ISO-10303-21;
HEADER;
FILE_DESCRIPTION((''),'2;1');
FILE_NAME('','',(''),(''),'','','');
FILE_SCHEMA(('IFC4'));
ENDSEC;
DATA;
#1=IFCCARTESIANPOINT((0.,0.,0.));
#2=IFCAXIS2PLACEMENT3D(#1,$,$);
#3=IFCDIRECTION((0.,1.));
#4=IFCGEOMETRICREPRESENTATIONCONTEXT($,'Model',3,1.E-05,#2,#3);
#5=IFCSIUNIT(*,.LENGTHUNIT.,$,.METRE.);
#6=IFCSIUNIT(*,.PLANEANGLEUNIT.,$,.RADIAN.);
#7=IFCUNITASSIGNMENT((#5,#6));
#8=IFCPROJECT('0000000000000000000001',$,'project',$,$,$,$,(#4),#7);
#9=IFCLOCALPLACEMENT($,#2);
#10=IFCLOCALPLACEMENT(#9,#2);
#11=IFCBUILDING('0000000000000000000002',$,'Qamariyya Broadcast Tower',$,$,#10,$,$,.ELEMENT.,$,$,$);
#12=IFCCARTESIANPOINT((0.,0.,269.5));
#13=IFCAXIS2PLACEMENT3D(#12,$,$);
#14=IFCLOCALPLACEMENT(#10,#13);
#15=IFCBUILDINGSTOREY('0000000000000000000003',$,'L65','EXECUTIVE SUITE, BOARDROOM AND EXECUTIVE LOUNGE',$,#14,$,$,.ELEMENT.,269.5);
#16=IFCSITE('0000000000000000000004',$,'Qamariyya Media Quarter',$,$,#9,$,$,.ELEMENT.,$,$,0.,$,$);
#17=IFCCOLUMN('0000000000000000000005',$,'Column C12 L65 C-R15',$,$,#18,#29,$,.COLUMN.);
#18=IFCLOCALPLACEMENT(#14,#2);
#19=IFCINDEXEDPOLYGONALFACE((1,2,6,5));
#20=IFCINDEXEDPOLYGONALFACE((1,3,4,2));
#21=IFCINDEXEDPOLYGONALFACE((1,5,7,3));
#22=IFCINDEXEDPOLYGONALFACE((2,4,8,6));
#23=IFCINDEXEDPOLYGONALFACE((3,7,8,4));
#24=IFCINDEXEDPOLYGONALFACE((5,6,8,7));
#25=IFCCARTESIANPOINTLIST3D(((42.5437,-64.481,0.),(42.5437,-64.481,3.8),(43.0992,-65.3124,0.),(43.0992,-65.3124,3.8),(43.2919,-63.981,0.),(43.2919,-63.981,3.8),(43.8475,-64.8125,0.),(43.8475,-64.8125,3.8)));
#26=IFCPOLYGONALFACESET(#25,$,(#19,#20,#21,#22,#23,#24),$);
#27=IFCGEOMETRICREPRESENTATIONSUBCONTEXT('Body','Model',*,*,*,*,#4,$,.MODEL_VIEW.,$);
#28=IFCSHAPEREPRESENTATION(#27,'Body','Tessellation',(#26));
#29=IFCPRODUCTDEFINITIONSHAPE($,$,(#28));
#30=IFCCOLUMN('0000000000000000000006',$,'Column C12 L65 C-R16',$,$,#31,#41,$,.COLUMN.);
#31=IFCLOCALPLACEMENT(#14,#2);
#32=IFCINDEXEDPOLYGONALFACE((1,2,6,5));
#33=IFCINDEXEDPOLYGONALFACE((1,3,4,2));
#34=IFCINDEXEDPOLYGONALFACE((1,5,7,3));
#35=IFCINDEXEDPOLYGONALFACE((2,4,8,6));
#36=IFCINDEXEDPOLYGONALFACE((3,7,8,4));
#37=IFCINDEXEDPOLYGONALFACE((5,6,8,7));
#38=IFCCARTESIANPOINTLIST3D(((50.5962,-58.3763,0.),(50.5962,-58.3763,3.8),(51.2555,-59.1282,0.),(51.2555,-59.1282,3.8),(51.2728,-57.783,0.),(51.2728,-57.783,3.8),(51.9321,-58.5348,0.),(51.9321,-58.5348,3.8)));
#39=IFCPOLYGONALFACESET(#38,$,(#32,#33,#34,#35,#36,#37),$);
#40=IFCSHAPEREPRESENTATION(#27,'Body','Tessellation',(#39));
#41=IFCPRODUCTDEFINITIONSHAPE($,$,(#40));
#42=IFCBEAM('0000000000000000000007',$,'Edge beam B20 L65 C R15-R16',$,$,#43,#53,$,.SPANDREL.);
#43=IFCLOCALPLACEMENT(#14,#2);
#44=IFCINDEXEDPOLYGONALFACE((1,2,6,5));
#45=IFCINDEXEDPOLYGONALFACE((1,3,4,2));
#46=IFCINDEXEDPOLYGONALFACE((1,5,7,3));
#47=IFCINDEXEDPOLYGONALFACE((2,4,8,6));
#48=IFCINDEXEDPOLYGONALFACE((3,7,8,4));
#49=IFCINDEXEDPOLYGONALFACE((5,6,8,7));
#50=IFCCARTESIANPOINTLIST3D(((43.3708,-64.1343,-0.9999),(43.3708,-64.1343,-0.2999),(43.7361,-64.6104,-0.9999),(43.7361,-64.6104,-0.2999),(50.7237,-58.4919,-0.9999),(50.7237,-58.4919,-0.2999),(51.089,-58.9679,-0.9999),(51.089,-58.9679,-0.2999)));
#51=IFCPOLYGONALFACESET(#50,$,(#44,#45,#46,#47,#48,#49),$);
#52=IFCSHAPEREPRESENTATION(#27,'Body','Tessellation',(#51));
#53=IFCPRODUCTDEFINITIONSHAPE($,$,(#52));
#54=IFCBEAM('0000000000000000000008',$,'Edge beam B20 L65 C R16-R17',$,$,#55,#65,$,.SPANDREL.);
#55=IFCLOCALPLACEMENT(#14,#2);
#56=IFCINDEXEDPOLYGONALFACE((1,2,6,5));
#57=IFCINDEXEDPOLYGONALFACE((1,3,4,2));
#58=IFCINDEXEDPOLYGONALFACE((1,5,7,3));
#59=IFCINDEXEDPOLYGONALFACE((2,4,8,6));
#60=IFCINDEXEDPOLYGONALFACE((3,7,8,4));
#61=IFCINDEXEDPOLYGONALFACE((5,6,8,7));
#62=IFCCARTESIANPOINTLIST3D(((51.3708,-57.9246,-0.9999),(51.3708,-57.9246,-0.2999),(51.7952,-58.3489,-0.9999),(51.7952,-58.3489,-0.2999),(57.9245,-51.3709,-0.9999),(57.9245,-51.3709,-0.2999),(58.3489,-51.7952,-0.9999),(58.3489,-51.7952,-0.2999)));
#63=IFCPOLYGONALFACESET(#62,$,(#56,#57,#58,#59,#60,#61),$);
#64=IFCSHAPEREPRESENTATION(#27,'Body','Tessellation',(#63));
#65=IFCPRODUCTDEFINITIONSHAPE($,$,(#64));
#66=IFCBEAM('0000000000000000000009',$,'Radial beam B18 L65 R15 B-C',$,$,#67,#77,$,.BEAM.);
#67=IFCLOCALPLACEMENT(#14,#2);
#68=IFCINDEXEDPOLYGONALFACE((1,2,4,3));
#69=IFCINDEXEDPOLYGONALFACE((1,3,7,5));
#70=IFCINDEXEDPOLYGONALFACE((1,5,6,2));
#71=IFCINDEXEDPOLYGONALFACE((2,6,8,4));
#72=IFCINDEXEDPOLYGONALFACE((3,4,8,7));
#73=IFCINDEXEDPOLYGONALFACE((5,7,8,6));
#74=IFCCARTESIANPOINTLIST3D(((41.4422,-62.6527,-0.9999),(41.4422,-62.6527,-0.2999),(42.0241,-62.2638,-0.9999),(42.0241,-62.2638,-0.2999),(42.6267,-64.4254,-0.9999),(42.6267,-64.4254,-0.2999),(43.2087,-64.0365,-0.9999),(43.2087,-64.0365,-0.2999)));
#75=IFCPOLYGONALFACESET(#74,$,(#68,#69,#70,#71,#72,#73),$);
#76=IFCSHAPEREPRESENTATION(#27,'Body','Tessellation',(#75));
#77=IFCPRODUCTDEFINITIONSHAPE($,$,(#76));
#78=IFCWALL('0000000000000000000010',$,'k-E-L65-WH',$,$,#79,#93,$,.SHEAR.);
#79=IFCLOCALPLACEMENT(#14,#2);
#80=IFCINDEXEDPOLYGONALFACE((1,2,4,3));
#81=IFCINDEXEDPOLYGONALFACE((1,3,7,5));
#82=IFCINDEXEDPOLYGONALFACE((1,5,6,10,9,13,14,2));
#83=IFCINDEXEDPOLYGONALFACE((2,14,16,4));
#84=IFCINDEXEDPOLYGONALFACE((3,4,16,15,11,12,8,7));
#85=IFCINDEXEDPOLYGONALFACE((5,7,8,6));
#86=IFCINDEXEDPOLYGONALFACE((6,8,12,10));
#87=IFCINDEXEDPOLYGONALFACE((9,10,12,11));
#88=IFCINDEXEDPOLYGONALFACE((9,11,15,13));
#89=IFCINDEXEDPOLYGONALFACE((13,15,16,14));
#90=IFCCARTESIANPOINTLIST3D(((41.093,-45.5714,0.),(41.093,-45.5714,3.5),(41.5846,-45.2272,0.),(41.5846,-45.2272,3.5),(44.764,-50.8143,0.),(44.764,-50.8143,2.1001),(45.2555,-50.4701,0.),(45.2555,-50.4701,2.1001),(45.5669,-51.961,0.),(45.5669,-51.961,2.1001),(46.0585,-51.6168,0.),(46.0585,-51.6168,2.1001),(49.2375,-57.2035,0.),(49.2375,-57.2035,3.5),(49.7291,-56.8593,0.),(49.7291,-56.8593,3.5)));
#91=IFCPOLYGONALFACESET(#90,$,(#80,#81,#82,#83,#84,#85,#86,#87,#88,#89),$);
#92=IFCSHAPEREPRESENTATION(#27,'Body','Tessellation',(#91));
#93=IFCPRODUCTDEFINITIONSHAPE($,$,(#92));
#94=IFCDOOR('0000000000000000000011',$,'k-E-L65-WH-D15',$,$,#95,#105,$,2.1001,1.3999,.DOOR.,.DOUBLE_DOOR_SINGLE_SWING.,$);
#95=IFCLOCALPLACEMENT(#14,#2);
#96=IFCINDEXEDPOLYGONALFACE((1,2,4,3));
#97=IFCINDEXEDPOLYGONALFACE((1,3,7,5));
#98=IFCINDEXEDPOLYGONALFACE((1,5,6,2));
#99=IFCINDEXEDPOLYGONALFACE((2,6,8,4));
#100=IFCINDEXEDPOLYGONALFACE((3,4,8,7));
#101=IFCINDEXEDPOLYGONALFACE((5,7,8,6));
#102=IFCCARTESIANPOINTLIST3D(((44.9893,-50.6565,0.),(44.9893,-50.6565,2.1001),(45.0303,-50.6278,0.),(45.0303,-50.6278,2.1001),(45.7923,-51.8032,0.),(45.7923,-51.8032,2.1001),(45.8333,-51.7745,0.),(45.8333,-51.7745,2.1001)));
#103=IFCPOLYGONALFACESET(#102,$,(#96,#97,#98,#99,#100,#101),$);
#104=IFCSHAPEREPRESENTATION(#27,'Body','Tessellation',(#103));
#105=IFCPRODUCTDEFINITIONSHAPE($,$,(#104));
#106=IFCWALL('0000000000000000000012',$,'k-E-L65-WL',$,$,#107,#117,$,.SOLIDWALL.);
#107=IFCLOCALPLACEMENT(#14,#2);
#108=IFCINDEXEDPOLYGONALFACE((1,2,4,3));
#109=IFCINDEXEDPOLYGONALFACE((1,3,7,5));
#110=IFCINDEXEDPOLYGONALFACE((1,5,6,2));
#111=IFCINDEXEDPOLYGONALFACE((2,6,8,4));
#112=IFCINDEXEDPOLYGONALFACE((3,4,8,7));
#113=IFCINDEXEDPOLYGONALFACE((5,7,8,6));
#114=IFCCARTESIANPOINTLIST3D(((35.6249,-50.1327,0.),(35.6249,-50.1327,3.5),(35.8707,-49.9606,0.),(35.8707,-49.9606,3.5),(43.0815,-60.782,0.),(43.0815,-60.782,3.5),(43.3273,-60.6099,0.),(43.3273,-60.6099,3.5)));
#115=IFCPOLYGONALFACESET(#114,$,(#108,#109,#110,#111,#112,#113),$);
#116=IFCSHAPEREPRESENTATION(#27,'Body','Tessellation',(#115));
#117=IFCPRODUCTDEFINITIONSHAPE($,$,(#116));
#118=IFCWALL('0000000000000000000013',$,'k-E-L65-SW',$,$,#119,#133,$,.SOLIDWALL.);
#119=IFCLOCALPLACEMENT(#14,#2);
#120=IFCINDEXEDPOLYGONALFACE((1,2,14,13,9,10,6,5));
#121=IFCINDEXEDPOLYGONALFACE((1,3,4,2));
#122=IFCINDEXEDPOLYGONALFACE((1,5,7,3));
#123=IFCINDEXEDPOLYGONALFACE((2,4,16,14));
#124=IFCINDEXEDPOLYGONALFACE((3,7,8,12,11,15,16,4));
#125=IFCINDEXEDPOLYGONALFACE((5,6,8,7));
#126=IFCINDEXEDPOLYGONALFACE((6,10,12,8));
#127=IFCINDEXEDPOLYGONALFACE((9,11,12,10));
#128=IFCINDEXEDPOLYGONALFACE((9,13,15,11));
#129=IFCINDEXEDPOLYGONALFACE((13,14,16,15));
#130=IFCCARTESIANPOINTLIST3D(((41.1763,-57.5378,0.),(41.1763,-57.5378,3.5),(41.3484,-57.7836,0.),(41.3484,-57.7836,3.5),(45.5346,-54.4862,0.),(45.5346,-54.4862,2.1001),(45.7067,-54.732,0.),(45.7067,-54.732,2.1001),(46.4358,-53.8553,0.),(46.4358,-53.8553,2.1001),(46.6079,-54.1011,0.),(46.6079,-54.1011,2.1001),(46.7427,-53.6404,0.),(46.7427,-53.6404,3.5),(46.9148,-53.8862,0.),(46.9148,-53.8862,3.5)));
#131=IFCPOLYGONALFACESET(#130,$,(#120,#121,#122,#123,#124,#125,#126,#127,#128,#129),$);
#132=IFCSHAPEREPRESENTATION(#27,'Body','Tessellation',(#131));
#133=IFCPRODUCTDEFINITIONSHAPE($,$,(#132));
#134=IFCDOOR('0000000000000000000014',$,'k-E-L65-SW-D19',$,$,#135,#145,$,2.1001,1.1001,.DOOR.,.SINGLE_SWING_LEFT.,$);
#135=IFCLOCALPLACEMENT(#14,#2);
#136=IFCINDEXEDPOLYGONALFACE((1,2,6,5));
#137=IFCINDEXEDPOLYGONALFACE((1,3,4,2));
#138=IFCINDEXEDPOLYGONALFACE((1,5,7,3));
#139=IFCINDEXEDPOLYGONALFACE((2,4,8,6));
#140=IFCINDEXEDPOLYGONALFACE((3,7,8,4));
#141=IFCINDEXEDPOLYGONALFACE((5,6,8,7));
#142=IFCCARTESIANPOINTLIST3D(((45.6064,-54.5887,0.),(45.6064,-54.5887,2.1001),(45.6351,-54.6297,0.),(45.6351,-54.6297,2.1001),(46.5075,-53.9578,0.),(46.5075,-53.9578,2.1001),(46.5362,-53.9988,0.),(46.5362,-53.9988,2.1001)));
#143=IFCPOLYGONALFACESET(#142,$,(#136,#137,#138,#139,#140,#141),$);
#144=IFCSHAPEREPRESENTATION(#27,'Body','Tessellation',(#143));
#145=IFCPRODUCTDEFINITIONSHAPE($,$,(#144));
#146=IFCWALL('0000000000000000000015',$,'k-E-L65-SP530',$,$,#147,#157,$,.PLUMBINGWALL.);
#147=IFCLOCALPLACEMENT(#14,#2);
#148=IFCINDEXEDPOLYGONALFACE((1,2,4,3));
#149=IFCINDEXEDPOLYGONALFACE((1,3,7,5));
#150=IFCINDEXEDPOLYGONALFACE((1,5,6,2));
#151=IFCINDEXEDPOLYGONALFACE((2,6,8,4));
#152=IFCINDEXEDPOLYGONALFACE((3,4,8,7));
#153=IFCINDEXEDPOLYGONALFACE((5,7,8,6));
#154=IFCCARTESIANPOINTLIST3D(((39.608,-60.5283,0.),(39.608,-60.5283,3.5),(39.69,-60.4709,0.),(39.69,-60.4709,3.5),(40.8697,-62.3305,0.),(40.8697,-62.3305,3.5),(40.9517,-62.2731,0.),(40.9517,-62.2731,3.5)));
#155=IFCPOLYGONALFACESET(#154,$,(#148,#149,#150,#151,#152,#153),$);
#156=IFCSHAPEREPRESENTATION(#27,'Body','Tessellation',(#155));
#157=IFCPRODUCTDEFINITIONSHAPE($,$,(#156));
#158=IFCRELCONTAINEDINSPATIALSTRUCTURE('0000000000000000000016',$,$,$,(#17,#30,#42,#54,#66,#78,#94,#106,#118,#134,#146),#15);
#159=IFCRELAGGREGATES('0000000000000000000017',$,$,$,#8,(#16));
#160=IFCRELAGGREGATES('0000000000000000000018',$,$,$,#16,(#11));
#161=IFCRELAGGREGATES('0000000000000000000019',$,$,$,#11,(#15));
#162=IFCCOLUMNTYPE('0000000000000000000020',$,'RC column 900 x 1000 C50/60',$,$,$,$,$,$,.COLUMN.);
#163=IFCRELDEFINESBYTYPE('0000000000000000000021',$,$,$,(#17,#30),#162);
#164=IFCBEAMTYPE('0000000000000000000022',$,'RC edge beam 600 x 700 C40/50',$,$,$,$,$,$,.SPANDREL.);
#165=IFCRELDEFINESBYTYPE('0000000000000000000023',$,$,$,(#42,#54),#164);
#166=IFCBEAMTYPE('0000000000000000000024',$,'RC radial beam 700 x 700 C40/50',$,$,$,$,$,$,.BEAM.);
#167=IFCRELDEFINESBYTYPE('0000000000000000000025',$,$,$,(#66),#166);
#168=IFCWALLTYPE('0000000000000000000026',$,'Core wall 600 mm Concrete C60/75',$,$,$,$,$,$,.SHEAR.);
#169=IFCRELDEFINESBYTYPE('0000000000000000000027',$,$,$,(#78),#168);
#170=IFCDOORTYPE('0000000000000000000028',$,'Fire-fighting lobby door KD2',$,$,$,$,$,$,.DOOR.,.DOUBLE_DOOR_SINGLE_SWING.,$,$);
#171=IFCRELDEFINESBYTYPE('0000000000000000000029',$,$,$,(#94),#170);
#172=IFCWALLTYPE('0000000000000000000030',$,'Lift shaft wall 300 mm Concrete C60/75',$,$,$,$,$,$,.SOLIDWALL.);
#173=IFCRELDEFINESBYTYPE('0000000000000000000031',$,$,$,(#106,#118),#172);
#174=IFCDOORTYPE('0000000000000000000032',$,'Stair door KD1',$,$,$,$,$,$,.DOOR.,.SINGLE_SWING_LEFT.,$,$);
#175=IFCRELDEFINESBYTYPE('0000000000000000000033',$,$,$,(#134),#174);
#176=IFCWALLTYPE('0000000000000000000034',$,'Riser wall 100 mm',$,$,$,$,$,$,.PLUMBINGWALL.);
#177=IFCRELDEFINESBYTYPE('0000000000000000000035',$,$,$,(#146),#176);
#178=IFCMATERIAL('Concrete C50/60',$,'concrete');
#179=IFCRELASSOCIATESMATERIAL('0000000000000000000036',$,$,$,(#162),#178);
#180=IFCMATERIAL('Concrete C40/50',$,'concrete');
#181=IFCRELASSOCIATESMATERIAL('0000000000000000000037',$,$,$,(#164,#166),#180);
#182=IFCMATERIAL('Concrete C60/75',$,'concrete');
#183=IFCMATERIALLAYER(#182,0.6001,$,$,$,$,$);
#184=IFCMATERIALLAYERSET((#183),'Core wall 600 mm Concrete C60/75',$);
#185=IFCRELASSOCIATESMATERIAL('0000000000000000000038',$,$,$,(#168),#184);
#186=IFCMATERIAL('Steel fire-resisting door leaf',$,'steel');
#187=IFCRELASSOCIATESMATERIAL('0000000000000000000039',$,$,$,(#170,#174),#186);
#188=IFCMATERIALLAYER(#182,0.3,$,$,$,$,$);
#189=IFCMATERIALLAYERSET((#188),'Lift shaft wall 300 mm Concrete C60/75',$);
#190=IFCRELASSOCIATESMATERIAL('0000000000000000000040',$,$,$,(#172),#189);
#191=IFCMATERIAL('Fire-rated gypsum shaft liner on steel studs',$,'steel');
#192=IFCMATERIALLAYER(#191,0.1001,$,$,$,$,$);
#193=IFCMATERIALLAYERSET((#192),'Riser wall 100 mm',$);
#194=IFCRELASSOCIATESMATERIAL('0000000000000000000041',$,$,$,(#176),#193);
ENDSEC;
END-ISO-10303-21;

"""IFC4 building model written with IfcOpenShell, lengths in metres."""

from ifc_helpers import new_model, si_unit, direction, frame, frame_2d, origin, origin_2d, place, context, subcontext, project, spatial, rectangle, extrude, material, layer, layer_set, material_profile, profile_set, type_object, element, fill, save


model = new_model("IFC4")

# Units and contexts
model_context = context("Model", 3, precision=1e-05, world=origin(), true_north=direction((0.0, 1.0)))
body_context = subcontext(model_context, "Body", "Model", "MODEL_VIEW")
ifc_project = project(units=[si_unit("LENGTHUNIT", "METRE"), si_unit("PLANEANGLEUNIT", "RADIAN")], contexts=[model_context])

# Site, building, storey
site_placement = place(None, origin())
site = spatial("IfcSite", under=ifc_project, at=site_placement, Name="Qamariyya Media Quarter", CompositionType="ELEMENT", RefElevation=0.0)
building_placement = place(site_placement, origin())
building = spatial("IfcBuilding", under=site, at=building_placement, Name="Qamariyya Broadcast Tower", CompositionType="ELEMENT")
storey_placement = place(building_placement, frame((0.0, 0.0, 269.5)))
storey = spatial("IfcBuildingStorey", under=building, at=storey_placement, Name="L65", Description="EXECUTIVE SUITE, BOARDROOM AND EXECUTIVE LOUNGE", CompositionType="ELEMENT", Elevation=269.5)

# Columns
ifc_material_1 = material(Name="Concrete C50/60", Category="concrete")
ifc_material_profile_1 = material_profile(ifc_material_1, rectangle(XDim=0.8999, YDim=1.0, at=origin_2d()))
ifc_profile_set_1 = profile_set([ifc_material_profile_1], Name="Concrete C50/60")
column_type = type_object("IfcColumnType", Name="RC column 900 x 1000 C50/60", PredefinedType="COLUMN", material=ifc_profile_set_1)
for number, where, z_axis, x_axis, name in (
    (1, (43.1956, -64.6467, 0.0), (0.0, 0.0, 1.0), (0.83147, 0.55557, 0.0), "Column C12 L65 C-R15"),
    (2, (51.2642, -58.4556, 0.0), (0.0, 0.0, 1.0), (0.75184, 0.659346, 0.0), "Column C12 L65 C-R16"),
):
    element("IfcColumn", number, at=place(storey_placement, frame(where, z_axis=z_axis, x_axis=x_axis)), inside=storey, type_object=column_type, Name=name, PredefinedType="COLUMN", context=body_context, shape_type="SweptSolid", body=[
        extrude(rectangle(XDim=0.8999, YDim=1.0, at=origin_2d()), origin(), (0.0, 0.0, 1.0), 3.8),
    ])

# Beams
ifc_material_2 = material(Name="Concrete C40/50", Category="concrete")
ifc_material_profile_2 = material_profile(ifc_material_2, rectangle(XDim=0.6001, YDim=0.7, at=origin_2d()))
ifc_profile_set_2 = profile_set([ifc_material_profile_2], Name="Concrete C40/50")
beam_type_1 = type_object("IfcBeamType", Name="RC edge beam 600 x 700 C40/50", PredefinedType="SPANDREL", material=ifc_profile_set_2)
for number, where, z_axis, x_axis, name in (
    (3, (43.5535, -64.3723, -0.6499), (0.793335, 0.608785, 0.0), (-0.608785, 0.793335, 0.0), "Edge beam B20 L65 C R15-R16"),
    (4, (51.583, -58.1367, -0.6499), (0.707107, 0.707107, 0.0), (-0.707107, 0.707107, 0.0), "Edge beam B20 L65 C R16-R17"),
):
    element("IfcBeam", number, at=place(storey_placement, frame(where, z_axis=z_axis, x_axis=x_axis)), inside=storey, type_object=beam_type_1, Name=name, PredefinedType="SPANDREL", context=body_context, shape_type="SweptSolid", body=[
        extrude(rectangle(XDim=0.6001, YDim=0.7, at=origin_2d()), origin(), (0.0, 0.0, 1.0), 9.2683),
    ])
ifc_material_profile_3 = material_profile(ifc_material_2, rectangle(XDim=0.7, YDim=0.7, at=origin_2d()))
ifc_profile_set_3 = profile_set([ifc_material_profile_3], Name="Concrete C40/50")
beam_type_2 = type_object("IfcBeamType", Name="RC radial beam 700 x 700 C40/50", PredefinedType="BEAM", material=ifc_profile_set_3)
beam_placement = place(storey_placement, frame((41.7332, -62.4583, -0.6499), z_axis=(0.555598, -0.831451, 0.0), x_axis=(0.831451, 0.555598, 0.0)))
element("IfcBeam", 5, at=beam_placement, inside=storey, type_object=beam_type_2, Name="Radial beam B18 L65 R15 B-C", PredefinedType="BEAM", context=body_context, shape_type="SweptSolid", body=[
    extrude(rectangle(XDim=0.7, YDim=0.7, at=origin_2d()), origin(), (0.0, 0.0, 1.0), 2.1321),
])

# Wall, opening, door
ifc_material_3 = material(Name="Concrete C60/75", Category="concrete")
ifc_layer_1 = layer(ifc_material_3, 0.6001)
ifc_layer_set_1 = layer_set([ifc_layer_1], Name="Core wall 600 mm Concrete C60/75")
wall_type_1 = type_object("IfcWallType", Name="Core wall 600 mm Concrete C60/75", PredefinedType="SHEAR", material=ifc_layer_set_1)
wall_1_placement = place(storey_placement, frame((49.4834, -57.0315, 0.0), z_axis=(0.0, 0.0, 1.0), x_axis=(-0.57356, 0.819163, 0.0)))
wall_1 = element("IfcWall", 6, at=wall_1_placement, inside=storey, type_object=wall_type_1, Name="k-E-L65-WH", PredefinedType="SHEAR", context=body_context, shape_type="SweptSolid", body=[
    extrude(rectangle(XDim=14.2, YDim=0.6001, at=frame_2d((7.1001, 0.0))), origin(), (0.0, 0.0, 1.0), 3.5),
])
opening_1_placement = place(wall_1_placement, frame((6.3999, 0.0, 0.0)))
opening_1 = element("IfcOpeningElement", 7, at=opening_1_placement, cuts=wall_1, PredefinedType="OPENING", context=body_context, shape_type="SweptSolid", body=[
    extrude(rectangle(XDim=1.3999, YDim=2.1001, at=frame_2d((0.7, 1.05))), frame((0.0, 0.3101, 0.0), z_axis=(0.0, -1.0, 0.0), x_axis=(1.0, 0.0, 0.0)), (0.0, 0.0, 1.0), 0.6201),
])
ifc_material_4 = material(Name="Steel fire-resisting door leaf", Category="steel")
door_type_1 = type_object("IfcDoorType", Name="Fire-fighting lobby door KD2", OperationType="DOUBLE_DOOR_SINGLE_SWING", PredefinedType="DOOR", material=ifc_material_4)
door_1_placement = place(opening_1_placement, origin())
door_1 = element("IfcDoor", 8, at=door_1_placement, inside=storey, type_object=door_type_1, Name="k-E-L65-WH-D15", OperationType="DOUBLE_DOOR_SINGLE_SWING", OverallHeight=2.1001, OverallWidth=1.3999, PredefinedType="DOOR", context=body_context, shape_type="SweptSolid", body=[
    extrude(rectangle(XDim=1.3999, YDim=2.1001, at=frame_2d((0.7, 1.05))), frame((0.0, 0.0249, 0.0), z_axis=(0.0, -1.0, 0.0), x_axis=(1.0, 0.0, 0.0)), (0.0, 0.0, 1.0), 0.05),
])
fill(opening_1, door_1)

# Wall
ifc_layer_2 = layer(ifc_material_3, 0.3)
ifc_layer_set_2 = layer_set([ifc_layer_2], Name="Lift shaft wall 300 mm Concrete C60/75")
wall_type_2 = type_object("IfcWallType", Name="Lift shaft wall 300 mm Concrete C60/75", PredefinedType="SOLIDWALL", material=ifc_layer_set_2)
wall_2_placement = place(storey_placement, frame((43.2043, -60.6958, 0.0), z_axis=(0.0, 0.0, 1.0), x_axis=(-0.573572, 0.819155, 0.0)))
element("IfcWall", 9, at=wall_2_placement, inside=storey, type_object=wall_type_2, Name="k-E-L65-WL", PredefinedType="SOLIDWALL", context=body_context, shape_type="SweptSolid", body=[
    extrude(rectangle(XDim=13.0002, YDim=0.3, at=frame_2d((6.5, 0.0))), origin(), (0.0, 0.0, 1.0), 3.5),
])

# Wall, opening, door
wall_3_placement = place(storey_placement, frame((41.2625, -57.6606, 0.0), z_axis=(0.0, 0.0, 1.0), x_axis=(0.819164, 0.573559, 0.0)))
wall_3 = element("IfcWall", 10, at=wall_3_placement, inside=storey, type_object=wall_type_2, Name="k-E-L65-SW", PredefinedType="SOLIDWALL", context=body_context, shape_type="SweptSolid", body=[
    extrude(rectangle(XDim=6.7952, YDim=0.3, at=frame_2d((3.3975, 0.0))), origin(), (0.0, 0.0, 1.0), 3.5),
])
opening_2_placement = place(wall_3_placement, frame((5.3203, 0.0, 0.0)))
opening_2 = element("IfcOpeningElement", 11, at=opening_2_placement, cuts=wall_3, PredefinedType="OPENING", context=body_context, shape_type="SweptSolid", body=[
    extrude(rectangle(XDim=1.1001, YDim=2.1001, at=frame_2d((0.55, 1.05))), frame((0.0, 0.1599, 0.0), z_axis=(0.0, -1.0, 0.0), x_axis=(1.0, 0.0, 0.0)), (0.0, 0.0, 1.0), 0.3201),
])
door_type_2 = type_object("IfcDoorType", Name="Stair door KD1", OperationType="SINGLE_SWING_LEFT", PredefinedType="DOOR", material=ifc_material_4)
door_2_placement = place(opening_2_placement, origin())
door_2 = element("IfcDoor", 12, at=door_2_placement, inside=storey, type_object=door_type_2, Name="k-E-L65-SW-D19", OperationType="SINGLE_SWING_LEFT", OverallHeight=2.1001, OverallWidth=1.1001, PredefinedType="DOOR", context=body_context, shape_type="SweptSolid", body=[
    extrude(rectangle(XDim=1.1001, YDim=2.1001, at=frame_2d((0.55, 1.05))), frame((0.0, 0.0249, 0.0), z_axis=(0.0, -1.0, 0.0), x_axis=(1.0, 0.0, 0.0)), (0.0, 0.0, 1.0), 0.05),
])
fill(opening_2, door_2)

# Wall
ifc_material_5 = material(Name="Fire-rated gypsum shaft liner on steel studs", Category="steel")
ifc_layer_3 = layer(ifc_material_5, 0.1001)
ifc_layer_set_3 = layer_set([ifc_layer_3], Name="Riser wall 100 mm")
wall_type_3 = type_object("IfcWallType", Name="Riser wall 100 mm", PredefinedType="PLUMBINGWALL", material=ifc_layer_set_3)
wall_4_placement = place(storey_placement, frame((39.6489, -60.4995, 0.0), z_axis=(0.0, 0.0, 1.0), x_axis=(0.573507, -0.819201, 0.0)))
element("IfcWall", 13, at=wall_4_placement, inside=storey, type_object=wall_type_3, Name="k-E-L65-SP530", PredefinedType="PLUMBINGWALL", context=body_context, shape_type="SweptSolid", body=[
    extrude(rectangle(XDim=2.2, YDim=0.1001, at=frame_2d((1.1001, 0.0))), origin(), (0.0, 0.0, 1.0), 3.5),
])

save(model, "model.ifc")
